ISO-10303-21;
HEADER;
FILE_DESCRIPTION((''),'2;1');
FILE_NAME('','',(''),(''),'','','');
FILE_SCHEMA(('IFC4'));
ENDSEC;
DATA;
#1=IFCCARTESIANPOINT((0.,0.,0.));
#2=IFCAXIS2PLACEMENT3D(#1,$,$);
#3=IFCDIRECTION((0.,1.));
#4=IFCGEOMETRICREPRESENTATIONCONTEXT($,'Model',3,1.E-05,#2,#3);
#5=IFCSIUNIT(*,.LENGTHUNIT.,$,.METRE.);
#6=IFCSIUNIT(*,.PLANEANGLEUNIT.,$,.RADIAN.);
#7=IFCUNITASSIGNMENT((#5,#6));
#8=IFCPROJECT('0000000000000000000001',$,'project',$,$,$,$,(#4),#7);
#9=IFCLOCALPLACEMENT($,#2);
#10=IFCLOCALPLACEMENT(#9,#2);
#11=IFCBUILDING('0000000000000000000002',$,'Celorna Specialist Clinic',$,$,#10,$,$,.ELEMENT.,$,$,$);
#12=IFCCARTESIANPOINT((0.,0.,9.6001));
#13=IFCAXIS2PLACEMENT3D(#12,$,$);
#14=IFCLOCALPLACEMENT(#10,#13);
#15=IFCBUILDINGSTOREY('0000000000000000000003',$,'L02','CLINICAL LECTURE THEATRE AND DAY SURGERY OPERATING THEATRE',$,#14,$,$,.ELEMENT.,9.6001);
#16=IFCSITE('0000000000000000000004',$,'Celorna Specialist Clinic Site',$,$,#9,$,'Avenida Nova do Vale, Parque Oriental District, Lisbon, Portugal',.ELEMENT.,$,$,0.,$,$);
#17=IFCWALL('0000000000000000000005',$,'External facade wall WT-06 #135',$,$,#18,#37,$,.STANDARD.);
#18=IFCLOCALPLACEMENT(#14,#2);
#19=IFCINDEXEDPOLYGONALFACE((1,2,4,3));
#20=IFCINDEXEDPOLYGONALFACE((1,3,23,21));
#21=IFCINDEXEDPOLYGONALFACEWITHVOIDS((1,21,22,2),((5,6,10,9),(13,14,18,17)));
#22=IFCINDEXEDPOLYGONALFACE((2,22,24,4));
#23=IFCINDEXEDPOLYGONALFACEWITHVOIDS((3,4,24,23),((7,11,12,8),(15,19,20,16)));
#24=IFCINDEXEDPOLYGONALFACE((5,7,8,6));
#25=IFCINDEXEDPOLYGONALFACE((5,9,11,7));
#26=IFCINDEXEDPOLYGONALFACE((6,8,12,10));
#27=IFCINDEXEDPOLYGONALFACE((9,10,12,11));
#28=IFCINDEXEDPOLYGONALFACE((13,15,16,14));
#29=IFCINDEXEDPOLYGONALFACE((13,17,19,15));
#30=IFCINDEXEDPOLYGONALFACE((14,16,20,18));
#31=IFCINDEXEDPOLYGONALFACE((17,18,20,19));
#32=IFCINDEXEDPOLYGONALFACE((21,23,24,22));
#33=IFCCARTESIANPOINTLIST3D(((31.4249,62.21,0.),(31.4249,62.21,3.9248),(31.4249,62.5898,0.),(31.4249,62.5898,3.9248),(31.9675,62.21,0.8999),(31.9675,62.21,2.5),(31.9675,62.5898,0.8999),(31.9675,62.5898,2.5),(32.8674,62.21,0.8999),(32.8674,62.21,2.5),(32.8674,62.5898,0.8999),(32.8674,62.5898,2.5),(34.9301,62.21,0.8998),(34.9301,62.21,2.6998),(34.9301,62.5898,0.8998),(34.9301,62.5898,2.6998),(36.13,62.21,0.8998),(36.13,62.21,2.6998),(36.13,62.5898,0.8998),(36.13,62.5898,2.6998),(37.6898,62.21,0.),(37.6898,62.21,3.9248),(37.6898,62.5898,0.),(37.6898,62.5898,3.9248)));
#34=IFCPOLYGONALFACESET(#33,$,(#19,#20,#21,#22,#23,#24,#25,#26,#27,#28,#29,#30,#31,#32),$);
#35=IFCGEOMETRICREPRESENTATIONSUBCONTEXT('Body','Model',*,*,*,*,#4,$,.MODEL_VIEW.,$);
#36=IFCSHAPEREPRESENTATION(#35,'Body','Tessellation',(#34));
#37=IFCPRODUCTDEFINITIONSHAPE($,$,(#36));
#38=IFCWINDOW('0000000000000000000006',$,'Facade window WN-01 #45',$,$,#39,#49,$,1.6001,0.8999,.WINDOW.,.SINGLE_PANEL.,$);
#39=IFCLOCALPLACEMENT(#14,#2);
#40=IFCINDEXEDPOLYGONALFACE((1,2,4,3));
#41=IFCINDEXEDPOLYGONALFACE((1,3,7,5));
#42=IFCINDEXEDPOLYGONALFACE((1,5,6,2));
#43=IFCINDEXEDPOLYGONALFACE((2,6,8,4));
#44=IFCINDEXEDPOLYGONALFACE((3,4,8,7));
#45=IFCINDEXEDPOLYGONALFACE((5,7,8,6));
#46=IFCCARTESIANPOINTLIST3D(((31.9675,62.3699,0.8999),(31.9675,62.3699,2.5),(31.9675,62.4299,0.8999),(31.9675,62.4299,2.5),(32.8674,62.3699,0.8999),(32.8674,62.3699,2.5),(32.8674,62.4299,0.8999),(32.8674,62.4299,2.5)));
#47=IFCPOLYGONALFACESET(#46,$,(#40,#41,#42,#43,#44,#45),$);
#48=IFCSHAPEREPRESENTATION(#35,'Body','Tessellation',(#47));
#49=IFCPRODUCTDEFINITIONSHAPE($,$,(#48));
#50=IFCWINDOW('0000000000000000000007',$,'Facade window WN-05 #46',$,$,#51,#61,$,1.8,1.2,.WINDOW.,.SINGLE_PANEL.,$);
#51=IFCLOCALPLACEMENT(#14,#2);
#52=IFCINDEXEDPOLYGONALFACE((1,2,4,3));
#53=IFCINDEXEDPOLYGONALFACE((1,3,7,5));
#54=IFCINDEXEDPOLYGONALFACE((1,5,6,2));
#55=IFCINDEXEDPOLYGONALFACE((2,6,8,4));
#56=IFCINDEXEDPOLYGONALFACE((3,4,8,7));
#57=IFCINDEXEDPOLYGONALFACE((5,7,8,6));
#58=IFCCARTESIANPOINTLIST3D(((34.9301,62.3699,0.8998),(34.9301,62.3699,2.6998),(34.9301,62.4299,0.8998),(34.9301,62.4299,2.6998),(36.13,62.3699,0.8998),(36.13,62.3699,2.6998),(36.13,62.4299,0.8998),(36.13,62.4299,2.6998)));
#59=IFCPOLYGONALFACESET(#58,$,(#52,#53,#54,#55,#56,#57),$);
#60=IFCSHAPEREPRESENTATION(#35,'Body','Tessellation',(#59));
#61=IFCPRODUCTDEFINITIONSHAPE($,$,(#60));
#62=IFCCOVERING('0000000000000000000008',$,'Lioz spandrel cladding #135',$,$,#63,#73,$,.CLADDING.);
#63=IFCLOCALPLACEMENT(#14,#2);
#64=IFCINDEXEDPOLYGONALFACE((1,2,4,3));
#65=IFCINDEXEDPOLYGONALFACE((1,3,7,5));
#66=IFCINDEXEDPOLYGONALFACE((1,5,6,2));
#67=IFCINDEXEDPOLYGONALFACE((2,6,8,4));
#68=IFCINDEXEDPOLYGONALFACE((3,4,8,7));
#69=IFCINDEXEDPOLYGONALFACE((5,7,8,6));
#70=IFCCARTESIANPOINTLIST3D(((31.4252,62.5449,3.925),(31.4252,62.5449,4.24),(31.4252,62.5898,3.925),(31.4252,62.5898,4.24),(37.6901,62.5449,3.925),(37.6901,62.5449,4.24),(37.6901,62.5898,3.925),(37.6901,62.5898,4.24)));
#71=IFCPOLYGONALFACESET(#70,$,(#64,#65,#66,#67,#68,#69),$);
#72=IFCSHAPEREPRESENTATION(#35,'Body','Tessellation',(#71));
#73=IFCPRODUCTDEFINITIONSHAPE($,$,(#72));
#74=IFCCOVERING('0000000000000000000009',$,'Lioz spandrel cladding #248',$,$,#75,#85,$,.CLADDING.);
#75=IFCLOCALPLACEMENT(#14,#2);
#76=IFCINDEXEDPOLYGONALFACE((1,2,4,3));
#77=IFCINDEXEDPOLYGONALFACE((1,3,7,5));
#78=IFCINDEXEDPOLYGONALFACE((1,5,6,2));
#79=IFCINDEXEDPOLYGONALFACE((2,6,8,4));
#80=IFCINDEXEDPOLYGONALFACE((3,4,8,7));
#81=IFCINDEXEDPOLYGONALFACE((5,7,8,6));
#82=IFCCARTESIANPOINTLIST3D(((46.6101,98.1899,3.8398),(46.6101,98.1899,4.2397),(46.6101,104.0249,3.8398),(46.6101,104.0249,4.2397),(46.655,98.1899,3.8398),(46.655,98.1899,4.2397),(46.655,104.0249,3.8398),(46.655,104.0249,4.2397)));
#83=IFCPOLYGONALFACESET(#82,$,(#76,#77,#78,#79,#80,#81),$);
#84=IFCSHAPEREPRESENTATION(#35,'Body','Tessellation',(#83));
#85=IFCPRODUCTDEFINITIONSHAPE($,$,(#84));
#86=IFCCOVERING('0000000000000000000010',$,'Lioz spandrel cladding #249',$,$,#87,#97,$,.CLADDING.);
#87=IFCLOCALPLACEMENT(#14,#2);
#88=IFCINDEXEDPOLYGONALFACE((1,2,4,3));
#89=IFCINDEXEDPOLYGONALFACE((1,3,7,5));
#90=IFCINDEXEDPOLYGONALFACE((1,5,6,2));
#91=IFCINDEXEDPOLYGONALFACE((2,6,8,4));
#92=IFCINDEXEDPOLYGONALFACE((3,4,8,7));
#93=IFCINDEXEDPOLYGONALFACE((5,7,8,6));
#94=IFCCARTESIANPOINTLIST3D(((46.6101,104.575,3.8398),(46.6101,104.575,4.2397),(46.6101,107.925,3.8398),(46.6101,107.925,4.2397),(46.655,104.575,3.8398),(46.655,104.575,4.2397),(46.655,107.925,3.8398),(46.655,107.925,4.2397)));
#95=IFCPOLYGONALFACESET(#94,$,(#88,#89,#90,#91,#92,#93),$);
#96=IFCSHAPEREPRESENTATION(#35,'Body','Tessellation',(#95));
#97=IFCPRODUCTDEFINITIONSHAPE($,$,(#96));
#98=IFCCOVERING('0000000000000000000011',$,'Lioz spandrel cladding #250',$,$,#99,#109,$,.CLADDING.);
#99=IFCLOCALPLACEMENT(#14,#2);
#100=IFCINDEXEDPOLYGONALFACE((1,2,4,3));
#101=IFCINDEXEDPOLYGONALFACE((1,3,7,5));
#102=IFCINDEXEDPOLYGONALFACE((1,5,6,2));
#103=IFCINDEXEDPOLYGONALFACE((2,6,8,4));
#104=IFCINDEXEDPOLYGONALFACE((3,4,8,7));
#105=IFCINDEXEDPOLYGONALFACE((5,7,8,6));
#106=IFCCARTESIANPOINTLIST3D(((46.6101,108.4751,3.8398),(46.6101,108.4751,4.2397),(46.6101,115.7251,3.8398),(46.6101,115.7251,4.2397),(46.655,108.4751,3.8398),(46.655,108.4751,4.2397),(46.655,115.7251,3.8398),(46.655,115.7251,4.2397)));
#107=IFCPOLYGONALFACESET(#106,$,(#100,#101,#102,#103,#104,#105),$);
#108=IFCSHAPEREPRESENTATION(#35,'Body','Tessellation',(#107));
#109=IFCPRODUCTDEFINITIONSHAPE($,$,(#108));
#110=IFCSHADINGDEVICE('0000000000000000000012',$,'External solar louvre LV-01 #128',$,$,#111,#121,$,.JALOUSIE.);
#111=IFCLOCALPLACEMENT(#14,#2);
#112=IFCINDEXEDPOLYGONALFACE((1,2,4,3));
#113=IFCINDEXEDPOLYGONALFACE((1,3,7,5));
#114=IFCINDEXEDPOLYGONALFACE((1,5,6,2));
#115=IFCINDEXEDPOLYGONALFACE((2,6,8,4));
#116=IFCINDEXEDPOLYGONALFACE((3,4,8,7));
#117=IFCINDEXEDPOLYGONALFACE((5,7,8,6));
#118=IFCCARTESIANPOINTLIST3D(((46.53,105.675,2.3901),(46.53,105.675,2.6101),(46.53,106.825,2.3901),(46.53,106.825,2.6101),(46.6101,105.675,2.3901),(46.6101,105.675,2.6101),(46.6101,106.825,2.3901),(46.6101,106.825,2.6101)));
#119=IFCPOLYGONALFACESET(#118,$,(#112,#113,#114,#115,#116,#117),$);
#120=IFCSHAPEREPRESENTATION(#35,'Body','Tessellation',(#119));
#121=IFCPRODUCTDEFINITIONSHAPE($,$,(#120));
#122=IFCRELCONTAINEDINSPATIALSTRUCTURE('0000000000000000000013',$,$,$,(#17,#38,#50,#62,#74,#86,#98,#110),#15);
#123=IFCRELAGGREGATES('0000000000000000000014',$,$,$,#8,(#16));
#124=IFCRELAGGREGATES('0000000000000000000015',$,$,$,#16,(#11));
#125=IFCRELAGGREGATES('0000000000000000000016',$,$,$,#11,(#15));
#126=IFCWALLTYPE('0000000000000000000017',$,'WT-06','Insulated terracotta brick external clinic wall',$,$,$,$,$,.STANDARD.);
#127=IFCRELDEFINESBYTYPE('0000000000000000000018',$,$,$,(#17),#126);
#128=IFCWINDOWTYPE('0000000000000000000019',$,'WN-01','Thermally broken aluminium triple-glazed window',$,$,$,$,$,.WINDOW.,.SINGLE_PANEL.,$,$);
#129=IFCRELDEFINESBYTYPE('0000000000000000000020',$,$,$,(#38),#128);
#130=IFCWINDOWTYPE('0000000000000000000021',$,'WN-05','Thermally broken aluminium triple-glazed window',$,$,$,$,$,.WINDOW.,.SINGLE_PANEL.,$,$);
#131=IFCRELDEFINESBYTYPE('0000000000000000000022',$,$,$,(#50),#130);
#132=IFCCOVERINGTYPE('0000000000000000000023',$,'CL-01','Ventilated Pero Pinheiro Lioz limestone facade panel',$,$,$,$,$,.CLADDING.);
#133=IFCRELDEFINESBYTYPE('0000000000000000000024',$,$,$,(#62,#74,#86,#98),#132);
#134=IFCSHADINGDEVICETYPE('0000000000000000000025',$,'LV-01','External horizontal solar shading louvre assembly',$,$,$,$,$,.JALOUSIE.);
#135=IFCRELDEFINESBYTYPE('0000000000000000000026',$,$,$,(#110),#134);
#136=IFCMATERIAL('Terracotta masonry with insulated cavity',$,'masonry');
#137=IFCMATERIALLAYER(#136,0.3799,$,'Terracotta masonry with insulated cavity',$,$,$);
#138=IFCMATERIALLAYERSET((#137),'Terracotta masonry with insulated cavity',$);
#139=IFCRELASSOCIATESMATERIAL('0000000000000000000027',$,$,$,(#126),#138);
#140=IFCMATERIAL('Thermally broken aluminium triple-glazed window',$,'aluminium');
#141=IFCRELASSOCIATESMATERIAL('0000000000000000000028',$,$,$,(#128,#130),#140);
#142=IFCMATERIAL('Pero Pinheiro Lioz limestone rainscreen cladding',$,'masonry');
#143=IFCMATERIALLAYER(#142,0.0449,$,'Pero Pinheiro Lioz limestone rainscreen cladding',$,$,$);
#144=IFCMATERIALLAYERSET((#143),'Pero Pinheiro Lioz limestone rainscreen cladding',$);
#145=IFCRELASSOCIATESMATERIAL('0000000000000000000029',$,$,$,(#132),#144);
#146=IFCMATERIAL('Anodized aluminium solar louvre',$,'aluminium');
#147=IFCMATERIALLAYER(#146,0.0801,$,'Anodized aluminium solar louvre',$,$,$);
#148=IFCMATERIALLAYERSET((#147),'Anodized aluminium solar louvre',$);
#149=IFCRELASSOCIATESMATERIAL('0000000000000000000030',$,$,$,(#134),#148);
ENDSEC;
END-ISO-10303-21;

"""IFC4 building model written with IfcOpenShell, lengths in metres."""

from ifc_helpers import new_model, si_unit, direction, frame, frame_2d, origin, origin_2d, place, context, subcontext, project, spatial, rectangle, extrude, material, layer, layer_set, type_object, element, fill, save


model = new_model("IFC4")

# Units and contexts
model_context = context("Model", 3, precision=1e-05, world=origin(), true_north=direction((0.0, 1.0)))
body_context = subcontext(model_context, "Body", "Model", "MODEL_VIEW")
ifc_project = project(units=[si_unit("LENGTHUNIT", "METRE"), si_unit("PLANEANGLEUNIT", "RADIAN")], contexts=[model_context])

# Site, building, storey
site_placement = place(None, origin())
site = spatial("IfcSite", under=ifc_project, at=site_placement, Name="Celorna Specialist Clinic Site", LongName="Avenida Nova do Vale, Parque Oriental District, Lisbon, Portugal", CompositionType="ELEMENT", RefElevation=0.0)
building_placement = place(site_placement, origin())
building = spatial("IfcBuilding", under=site, at=building_placement, Name="Celorna Specialist Clinic", CompositionType="ELEMENT")
storey_placement = place(building_placement, frame((0.0, 0.0, 9.6001)))
storey = spatial("IfcBuildingStorey", under=building, at=storey_placement, Name="L02", Description="CLINICAL LECTURE THEATRE AND DAY SURGERY OPERATING THEATRE", CompositionType="ELEMENT", Elevation=9.6001)

# Wall, openings, windows
ifc_material_1 = material(Name="Terracotta masonry with insulated cavity", Category="masonry")
ifc_layer_1 = layer(ifc_material_1, 0.3799, Name="Terracotta masonry with insulated cavity")
ifc_layer_set_1 = layer_set([ifc_layer_1], Name="Terracotta masonry with insulated cavity")
wall_type = type_object("IfcWallType", Name="WT-06", Description="Insulated terracotta brick external clinic wall", PredefinedType="STANDARD", material=ifc_layer_set_1)
wall_placement = place(storey_placement, frame((31.425, 62.3999, 0.0), z_axis=(0.0, 0.0, 1.0), x_axis=(1.0, 0.0, 0.0)))
wall = element("IfcWall", 1, at=wall_placement, inside=storey, type_object=wall_type, Name="External facade wall WT-06 #135", PredefinedType="STANDARD", context=body_context, shape_type="SweptSolid", body=[
    extrude(rectangle(XDim=6.2649, YDim=0.3799, at=frame_2d((3.1323, 0.0))), origin(), (0.0, 0.0, 1.0), 3.9248),
])
opening_1_placement = place(wall_placement, frame((0.5425, 0.0, 0.8999)))
opening_1 = element("IfcOpeningElement", 2, at=opening_1_placement, cuts=wall, PredefinedType="OPENING", context=body_context, shape_type="SweptSolid", body=[
    extrude(rectangle(XDim=0.8999, YDim=1.6001, at=frame_2d((0.45, 0.8))), frame((0.0, 0.2, 0.0), z_axis=(0.0, -1.0, 0.0), x_axis=(1.0, 0.0, 0.0)), (0.0, 0.0, 1.0), 0.3999),
])
opening_2_placement = place(wall_placement, frame((3.5049, 0.0, 0.8999)))
opening_2 = element("IfcOpeningElement", 3, at=opening_2_placement, cuts=wall, PredefinedType="OPENING", context=body_context, shape_type="SweptSolid", body=[
    extrude(rectangle(XDim=1.2, YDim=1.8, at=frame_2d((0.6001, 0.8999))), frame((0.0, 0.2, 0.0), z_axis=(0.0, -1.0, 0.0), x_axis=(1.0, 0.0, 0.0)), (0.0, 0.0, 1.0), 0.3999),
])
ifc_material_2 = material(Name="Thermally broken aluminium triple-glazed window", Category="aluminium")
window_type_1 = type_object("IfcWindowType", Name="WN-01", Description="Thermally broken aluminium triple-glazed window", PartitioningType="SINGLE_PANEL", PredefinedType="WINDOW", material=ifc_material_2)
window_1_placement = place(opening_1_placement, origin())
window_1 = element("IfcWindow", 4, at=window_1_placement, inside=storey, type_object=window_type_1, Name="Facade window WN-01 #45", OverallHeight=1.6001, OverallWidth=0.8999, PartitioningType="SINGLE_PANEL", PredefinedType="WINDOW", context=body_context, shape_type="SweptSolid", body=[
    extrude(rectangle(XDim=0.8999, YDim=1.6001, at=frame_2d((0.45, 0.8))), frame((0.0, 0.03, 0.0), z_axis=(0.0, -1.0, 0.0), x_axis=(1.0, 0.0, 0.0)), (0.0, 0.0, 1.0), 0.0601),
])
fill(opening_1, window_1)
window_type_2 = type_object("IfcWindowType", Name="WN-05", Description="Thermally broken aluminium triple-glazed window", PartitioningType="SINGLE_PANEL", PredefinedType="WINDOW", material=ifc_material_2)
window_2_placement = place(opening_2_placement, origin())
window_2 = element("IfcWindow", 5, at=window_2_placement, inside=storey, type_object=window_type_2, Name="Facade window WN-05 #46", OverallHeight=1.8, OverallWidth=1.2, PartitioningType="SINGLE_PANEL", PredefinedType="WINDOW", context=body_context, shape_type="SweptSolid", body=[
    extrude(rectangle(XDim=1.2, YDim=1.8, at=frame_2d((0.6001, 0.8999))), frame((0.0, 0.03, 0.0), z_axis=(0.0, -1.0, 0.0), x_axis=(1.0, 0.0, 0.0)), (0.0, 0.0, 1.0), 0.0601),
])
fill(opening_2, window_2)

# Coverings
ifc_material_3 = material(Name="Pero Pinheiro Lioz limestone rainscreen cladding", Category="masonry")
ifc_layer_2 = layer(ifc_material_3, 0.0449, Name="Pero Pinheiro Lioz limestone rainscreen cladding")
ifc_layer_set_2 = layer_set([ifc_layer_2], Name="Pero Pinheiro Lioz limestone rainscreen cladding")
covering_type = type_object("IfcCoveringType", Name="CL-01", Description="Ventilated Pero Pinheiro Lioz limestone facade panel", PredefinedType="CLADDING", material=ifc_layer_set_2)
covering_1_placement = place(storey_placement, frame((34.5576, 62.5674, 3.925), z_axis=(0.0, 0.0, 1.0), x_axis=(1.0, 0.0, 0.0)))
element("IfcCovering", 6, at=covering_1_placement, inside=storey, type_object=covering_type, Name="Lioz spandrel cladding #135", PredefinedType="CLADDING", context=body_context, shape_type="SweptSolid", body=[
    extrude(rectangle(XDim=6.2649, YDim=0.0449, at=origin_2d()), origin(), (0.0, 0.0, 1.0), 0.3149),
])
covering_2_placement = place(storey_placement, frame((46.6326, 101.1074, 3.8398), z_axis=(0.0, 0.0, 1.0), x_axis=(0.0, 1.0, 0.0)))
element("IfcCovering", 7, at=covering_2_placement, inside=storey, type_object=covering_type, Name="Lioz spandrel cladding #248", PredefinedType="CLADDING", context=body_context, shape_type="SweptSolid", body=[
    extrude(rectangle(XDim=5.835, YDim=0.0449, at=origin_2d()), origin(), (0.0, 0.0, 1.0), 0.3999),
])
covering_3_placement = place(storey_placement, frame((46.6326, 106.25, 3.8398), z_axis=(0.0, 0.0, 1.0), x_axis=(0.0, 1.0, 0.0)))
element("IfcCovering", 8, at=covering_3_placement, inside=storey, type_object=covering_type, Name="Lioz spandrel cladding #249", PredefinedType="CLADDING", context=body_context, shape_type="SweptSolid", body=[
    extrude(rectangle(XDim=3.3501, YDim=0.0449, at=origin_2d()), origin(), (0.0, 0.0, 1.0), 0.3999),
])
covering_4_placement = place(storey_placement, frame((46.6326, 112.1001, 3.8398), z_axis=(0.0, 0.0, 1.0), x_axis=(0.0, 1.0, 0.0)))
element("IfcCovering", 9, at=covering_4_placement, inside=storey, type_object=covering_type, Name="Lioz spandrel cladding #250", PredefinedType="CLADDING", context=body_context, shape_type="SweptSolid", body=[
    extrude(rectangle(XDim=7.25, YDim=0.0449, at=origin_2d()), origin(), (0.0, 0.0, 1.0), 0.3999),
])

# Shading device
ifc_material_4 = material(Name="Anodized aluminium solar louvre", Category="aluminium")
ifc_layer_3 = layer(ifc_material_4, 0.0801, Name="Anodized aluminium solar louvre")
ifc_layer_set_3 = layer_set([ifc_layer_3], Name="Anodized aluminium solar louvre")
shading_device_type = type_object("IfcShadingDeviceType", Name="LV-01", Description="External horizontal solar shading louvre assembly", PredefinedType="JALOUSIE", material=ifc_layer_set_3)
shading_device_placement = place(storey_placement, frame((46.5701, 106.25, 2.3901), z_axis=(0.0, 0.0, 1.0), x_axis=(0.0, 1.0, 0.0)))
element("IfcShadingDevice", 10, at=shading_device_placement, inside=storey, type_object=shading_device_type, Name="External solar louvre LV-01 #128", PredefinedType="JALOUSIE", context=body_context, shape_type="SweptSolid", body=[
    extrude(rectangle(XDim=1.1499, YDim=0.0801, at=origin_2d()), origin(), (0.0, 0.0, 1.0), 0.22),
])

save(model, "model.ifc")
